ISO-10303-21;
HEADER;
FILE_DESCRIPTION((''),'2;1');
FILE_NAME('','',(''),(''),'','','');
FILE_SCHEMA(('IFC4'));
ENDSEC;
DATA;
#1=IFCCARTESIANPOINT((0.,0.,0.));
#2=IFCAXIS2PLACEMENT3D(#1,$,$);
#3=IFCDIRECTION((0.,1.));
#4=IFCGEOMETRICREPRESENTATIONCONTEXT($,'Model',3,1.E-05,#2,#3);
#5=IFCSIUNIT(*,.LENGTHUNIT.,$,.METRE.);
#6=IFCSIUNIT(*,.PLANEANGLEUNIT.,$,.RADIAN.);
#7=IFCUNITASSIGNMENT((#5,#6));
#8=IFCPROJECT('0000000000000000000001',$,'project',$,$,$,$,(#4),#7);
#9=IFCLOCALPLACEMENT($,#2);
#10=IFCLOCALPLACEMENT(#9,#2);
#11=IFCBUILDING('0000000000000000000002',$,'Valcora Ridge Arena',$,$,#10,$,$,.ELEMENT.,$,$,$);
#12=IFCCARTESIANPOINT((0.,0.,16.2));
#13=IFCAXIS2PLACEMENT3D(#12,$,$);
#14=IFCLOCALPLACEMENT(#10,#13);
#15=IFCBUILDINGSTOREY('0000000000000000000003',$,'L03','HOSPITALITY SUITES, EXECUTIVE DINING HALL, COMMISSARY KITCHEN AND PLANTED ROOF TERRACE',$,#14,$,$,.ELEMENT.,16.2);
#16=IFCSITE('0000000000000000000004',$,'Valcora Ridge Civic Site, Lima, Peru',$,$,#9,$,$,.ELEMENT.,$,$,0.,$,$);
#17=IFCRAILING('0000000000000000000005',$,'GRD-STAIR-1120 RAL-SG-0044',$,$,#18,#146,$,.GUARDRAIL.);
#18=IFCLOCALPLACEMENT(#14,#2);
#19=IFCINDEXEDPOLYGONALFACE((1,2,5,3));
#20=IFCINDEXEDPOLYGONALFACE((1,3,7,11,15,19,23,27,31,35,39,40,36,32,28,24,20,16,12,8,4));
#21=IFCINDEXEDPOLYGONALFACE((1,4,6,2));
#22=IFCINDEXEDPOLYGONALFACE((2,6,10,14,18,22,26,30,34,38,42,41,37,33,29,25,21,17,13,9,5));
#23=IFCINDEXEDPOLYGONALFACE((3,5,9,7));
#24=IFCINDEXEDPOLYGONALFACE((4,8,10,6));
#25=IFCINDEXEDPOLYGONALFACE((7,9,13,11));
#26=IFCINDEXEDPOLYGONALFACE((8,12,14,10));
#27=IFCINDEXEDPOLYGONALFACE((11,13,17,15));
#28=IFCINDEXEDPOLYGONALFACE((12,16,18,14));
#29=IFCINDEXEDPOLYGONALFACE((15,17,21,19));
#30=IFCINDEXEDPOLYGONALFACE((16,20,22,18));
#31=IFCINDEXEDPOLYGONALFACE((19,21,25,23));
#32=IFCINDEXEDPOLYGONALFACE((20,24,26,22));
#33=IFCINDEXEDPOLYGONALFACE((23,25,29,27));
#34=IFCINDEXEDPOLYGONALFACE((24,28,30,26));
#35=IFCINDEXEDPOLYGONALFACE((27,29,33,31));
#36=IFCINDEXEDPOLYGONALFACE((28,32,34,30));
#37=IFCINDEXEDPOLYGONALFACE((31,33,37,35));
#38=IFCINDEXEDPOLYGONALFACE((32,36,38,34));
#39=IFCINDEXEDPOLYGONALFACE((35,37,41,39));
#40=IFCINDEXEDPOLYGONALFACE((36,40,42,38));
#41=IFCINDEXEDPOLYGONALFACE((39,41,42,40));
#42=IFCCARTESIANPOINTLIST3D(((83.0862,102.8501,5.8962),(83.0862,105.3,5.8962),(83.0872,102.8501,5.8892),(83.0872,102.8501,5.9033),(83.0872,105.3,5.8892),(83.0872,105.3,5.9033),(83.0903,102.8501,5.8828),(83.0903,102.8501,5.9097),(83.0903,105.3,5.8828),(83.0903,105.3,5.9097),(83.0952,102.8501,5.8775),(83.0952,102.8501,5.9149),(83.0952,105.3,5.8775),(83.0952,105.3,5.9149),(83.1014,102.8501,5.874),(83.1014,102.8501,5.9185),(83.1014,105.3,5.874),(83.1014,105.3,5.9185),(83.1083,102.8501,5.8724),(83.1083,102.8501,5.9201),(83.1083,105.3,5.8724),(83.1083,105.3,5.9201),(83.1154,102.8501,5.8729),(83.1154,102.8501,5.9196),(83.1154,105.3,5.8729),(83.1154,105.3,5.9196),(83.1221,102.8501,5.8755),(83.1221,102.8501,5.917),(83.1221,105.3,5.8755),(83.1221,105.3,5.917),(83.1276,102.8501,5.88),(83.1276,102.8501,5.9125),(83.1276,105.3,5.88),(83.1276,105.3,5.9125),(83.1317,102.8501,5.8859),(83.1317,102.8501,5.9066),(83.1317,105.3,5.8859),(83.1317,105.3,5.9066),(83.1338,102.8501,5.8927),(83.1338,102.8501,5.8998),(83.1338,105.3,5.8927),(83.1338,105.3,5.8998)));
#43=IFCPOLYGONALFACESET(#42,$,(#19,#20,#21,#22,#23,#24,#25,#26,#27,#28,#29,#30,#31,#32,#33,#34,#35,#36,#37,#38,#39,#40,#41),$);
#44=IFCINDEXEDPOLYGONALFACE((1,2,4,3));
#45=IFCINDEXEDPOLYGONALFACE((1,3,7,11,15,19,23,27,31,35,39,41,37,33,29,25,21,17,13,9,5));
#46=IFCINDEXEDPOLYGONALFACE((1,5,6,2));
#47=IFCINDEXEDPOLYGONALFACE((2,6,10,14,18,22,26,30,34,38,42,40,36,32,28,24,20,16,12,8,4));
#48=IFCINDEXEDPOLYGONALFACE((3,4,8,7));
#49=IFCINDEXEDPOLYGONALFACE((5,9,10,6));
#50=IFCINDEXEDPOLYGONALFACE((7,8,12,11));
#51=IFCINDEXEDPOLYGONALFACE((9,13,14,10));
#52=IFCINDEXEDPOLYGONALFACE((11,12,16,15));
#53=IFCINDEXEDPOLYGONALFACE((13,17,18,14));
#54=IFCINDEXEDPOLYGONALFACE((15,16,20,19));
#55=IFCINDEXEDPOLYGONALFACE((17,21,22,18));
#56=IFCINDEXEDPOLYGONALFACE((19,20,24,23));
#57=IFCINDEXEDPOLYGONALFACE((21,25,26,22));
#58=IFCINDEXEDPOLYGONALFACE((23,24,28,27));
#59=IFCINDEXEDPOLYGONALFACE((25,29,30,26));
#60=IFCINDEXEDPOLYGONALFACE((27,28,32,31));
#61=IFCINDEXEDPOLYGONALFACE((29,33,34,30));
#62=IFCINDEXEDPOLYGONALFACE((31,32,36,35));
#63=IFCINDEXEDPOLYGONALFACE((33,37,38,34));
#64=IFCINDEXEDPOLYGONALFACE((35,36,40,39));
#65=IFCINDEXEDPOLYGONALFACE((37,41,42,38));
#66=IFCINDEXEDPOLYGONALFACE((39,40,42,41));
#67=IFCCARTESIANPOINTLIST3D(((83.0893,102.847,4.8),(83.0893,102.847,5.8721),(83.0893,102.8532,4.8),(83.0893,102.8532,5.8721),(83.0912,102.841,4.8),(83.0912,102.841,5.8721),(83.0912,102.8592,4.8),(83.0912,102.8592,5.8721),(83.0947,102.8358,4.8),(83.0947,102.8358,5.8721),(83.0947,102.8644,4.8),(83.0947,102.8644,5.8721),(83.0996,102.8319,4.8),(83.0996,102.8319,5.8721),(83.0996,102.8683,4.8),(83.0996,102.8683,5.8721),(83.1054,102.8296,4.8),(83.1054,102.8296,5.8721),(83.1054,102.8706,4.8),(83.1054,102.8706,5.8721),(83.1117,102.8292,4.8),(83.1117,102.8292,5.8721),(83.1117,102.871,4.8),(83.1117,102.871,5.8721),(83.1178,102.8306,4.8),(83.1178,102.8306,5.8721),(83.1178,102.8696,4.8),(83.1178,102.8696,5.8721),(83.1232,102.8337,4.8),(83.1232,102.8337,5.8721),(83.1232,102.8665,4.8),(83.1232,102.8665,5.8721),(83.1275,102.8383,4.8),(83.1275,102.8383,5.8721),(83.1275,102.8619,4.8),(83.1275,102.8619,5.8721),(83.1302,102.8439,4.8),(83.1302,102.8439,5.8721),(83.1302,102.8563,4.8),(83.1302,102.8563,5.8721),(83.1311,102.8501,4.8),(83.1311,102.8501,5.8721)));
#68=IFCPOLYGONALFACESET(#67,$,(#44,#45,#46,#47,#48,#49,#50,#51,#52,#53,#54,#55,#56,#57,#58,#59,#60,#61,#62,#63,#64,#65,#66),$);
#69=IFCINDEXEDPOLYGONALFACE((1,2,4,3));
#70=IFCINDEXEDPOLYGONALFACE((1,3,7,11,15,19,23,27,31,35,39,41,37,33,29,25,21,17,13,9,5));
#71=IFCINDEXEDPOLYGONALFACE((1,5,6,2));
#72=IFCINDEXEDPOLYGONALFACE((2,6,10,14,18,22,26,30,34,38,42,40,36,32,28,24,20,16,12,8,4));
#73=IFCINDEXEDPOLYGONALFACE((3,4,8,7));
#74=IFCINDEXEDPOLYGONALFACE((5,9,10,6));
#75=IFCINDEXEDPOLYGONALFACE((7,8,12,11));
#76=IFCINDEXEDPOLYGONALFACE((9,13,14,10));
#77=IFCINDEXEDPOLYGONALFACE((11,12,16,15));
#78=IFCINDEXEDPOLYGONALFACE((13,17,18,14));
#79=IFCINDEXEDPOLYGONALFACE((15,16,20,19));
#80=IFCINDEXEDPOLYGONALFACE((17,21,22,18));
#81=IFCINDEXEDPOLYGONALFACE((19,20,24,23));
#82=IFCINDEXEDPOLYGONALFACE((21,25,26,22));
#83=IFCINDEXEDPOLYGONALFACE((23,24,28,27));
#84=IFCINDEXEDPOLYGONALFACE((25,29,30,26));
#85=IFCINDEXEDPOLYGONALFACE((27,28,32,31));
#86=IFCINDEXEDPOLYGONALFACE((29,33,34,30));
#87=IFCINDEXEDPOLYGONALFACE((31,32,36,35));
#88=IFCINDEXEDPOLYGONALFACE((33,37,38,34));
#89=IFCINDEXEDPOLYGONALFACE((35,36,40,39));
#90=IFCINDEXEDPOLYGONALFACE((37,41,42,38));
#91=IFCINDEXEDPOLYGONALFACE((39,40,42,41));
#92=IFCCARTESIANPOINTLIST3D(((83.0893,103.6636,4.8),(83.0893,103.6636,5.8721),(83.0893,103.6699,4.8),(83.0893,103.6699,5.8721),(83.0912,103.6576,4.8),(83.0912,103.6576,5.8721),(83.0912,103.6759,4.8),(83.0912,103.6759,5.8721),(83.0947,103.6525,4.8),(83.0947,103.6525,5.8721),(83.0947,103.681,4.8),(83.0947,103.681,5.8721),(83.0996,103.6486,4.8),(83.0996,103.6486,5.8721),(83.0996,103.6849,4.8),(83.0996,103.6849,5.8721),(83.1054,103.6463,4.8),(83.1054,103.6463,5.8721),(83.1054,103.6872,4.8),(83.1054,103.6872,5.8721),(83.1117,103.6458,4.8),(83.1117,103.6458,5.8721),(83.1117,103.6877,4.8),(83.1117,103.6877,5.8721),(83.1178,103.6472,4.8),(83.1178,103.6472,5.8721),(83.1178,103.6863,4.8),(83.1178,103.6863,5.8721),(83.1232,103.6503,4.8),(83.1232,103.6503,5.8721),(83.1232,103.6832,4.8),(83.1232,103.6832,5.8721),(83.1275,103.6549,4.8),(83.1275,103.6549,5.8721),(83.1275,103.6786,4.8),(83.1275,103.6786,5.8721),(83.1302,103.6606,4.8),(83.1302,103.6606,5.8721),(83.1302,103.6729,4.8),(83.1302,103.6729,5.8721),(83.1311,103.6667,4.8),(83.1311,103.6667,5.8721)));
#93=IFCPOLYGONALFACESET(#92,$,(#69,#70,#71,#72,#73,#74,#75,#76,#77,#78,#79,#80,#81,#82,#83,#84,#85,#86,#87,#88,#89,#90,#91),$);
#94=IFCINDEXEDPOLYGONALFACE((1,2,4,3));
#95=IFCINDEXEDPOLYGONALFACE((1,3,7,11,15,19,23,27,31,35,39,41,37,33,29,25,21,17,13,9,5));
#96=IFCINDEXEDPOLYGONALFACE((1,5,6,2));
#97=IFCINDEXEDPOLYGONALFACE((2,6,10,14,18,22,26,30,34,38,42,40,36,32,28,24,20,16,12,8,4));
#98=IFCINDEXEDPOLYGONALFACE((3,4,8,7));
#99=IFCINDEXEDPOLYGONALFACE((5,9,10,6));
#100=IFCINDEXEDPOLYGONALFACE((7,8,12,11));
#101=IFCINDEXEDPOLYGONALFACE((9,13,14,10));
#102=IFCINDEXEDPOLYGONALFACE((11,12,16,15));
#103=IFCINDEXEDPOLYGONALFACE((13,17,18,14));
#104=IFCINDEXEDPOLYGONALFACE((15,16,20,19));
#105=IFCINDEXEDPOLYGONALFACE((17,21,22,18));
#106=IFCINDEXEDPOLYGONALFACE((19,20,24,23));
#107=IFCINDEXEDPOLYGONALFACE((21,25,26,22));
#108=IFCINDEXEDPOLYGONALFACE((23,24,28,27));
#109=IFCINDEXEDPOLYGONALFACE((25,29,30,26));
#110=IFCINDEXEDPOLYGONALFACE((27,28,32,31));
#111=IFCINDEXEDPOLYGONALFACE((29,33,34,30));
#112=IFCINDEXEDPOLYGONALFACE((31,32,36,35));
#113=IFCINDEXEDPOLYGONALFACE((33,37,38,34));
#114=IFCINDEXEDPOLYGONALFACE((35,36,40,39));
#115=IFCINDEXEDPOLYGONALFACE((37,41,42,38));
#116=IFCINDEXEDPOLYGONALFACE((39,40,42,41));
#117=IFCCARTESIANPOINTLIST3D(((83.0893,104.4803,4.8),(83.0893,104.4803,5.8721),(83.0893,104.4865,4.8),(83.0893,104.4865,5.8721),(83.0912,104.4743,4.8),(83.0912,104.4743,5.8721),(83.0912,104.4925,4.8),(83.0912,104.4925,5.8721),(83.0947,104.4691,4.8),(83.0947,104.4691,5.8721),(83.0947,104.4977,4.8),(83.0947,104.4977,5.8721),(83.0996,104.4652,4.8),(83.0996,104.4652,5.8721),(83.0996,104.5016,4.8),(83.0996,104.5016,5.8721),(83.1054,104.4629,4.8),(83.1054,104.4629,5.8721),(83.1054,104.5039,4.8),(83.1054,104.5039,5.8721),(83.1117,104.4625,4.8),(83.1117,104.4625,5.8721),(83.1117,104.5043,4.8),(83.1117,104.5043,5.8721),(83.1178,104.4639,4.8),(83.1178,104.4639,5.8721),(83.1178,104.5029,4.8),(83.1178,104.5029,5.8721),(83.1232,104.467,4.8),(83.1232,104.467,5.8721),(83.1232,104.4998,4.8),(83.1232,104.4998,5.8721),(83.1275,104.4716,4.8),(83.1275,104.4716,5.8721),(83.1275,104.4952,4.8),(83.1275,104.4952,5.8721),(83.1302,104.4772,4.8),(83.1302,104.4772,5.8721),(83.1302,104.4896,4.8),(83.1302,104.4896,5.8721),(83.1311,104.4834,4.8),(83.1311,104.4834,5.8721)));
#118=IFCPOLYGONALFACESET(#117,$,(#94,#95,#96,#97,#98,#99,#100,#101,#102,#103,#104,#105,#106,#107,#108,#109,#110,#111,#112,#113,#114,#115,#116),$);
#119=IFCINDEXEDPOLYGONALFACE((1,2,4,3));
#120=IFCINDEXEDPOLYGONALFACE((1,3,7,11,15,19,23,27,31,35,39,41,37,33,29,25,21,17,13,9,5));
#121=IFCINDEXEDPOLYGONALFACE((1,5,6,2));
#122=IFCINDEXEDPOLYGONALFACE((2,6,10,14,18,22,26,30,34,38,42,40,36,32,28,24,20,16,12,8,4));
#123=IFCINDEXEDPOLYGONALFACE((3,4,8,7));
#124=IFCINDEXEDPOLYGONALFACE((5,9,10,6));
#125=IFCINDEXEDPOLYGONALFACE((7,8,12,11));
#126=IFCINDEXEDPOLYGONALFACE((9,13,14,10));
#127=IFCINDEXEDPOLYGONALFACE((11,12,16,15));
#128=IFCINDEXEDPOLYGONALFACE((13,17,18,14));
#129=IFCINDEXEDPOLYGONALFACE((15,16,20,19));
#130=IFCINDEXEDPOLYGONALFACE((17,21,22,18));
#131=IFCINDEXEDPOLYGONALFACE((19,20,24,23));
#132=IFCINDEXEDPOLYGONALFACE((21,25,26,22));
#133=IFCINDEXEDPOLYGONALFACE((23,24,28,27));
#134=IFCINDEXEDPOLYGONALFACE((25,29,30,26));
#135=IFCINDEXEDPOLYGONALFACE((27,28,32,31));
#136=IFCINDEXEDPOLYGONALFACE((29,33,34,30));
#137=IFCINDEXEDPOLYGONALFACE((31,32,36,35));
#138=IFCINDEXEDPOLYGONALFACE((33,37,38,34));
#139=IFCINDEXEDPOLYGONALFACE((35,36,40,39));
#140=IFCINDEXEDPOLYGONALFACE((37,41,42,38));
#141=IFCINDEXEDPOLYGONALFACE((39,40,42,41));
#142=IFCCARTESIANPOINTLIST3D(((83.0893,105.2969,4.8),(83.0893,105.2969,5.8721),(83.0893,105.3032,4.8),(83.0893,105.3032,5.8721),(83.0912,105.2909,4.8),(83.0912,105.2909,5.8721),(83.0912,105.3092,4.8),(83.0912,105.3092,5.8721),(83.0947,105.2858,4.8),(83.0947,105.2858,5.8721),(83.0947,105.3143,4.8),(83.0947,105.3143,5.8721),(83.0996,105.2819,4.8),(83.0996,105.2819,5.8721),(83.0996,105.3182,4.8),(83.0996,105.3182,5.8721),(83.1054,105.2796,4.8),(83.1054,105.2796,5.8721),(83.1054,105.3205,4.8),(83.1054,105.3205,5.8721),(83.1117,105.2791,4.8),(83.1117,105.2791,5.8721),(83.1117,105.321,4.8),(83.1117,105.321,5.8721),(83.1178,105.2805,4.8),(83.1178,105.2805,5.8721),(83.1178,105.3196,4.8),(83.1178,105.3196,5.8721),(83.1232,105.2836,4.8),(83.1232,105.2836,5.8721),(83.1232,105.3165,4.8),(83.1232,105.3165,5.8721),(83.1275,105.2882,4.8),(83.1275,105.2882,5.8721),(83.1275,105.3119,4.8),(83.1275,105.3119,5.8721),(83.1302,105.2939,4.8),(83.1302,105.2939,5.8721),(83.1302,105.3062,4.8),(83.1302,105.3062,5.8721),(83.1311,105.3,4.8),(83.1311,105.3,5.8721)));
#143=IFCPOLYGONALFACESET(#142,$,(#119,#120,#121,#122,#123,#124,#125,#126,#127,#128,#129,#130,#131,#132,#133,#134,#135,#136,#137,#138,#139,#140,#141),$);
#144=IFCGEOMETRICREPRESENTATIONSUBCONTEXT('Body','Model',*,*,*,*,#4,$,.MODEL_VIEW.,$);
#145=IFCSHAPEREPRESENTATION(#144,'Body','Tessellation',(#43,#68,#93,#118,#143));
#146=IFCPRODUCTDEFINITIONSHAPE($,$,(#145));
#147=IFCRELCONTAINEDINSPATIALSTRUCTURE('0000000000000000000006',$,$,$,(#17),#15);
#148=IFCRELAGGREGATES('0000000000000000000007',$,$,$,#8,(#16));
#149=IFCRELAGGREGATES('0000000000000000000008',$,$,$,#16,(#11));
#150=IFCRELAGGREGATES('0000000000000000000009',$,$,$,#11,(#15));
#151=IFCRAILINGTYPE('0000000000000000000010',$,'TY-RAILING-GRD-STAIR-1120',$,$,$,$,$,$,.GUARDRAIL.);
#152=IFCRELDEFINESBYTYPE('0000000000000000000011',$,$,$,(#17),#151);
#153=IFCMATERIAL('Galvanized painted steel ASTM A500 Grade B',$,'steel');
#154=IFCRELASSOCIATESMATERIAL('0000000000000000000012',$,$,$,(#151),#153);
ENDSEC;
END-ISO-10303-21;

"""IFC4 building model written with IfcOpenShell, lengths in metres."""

from ifc_helpers import new_model, si_unit, direction, frame, origin, origin_2d, place, context, subcontext, project, spatial, circle, extrude, material, type_object, element, save


model = new_model("IFC4")

# Units and contexts
model_context = context("Model", 3, precision=1e-05, world=origin(), true_north=direction((0.0, 1.0)))
body_context = subcontext(model_context, "Body", "Model", "MODEL_VIEW")
ifc_project = project(units=[si_unit("LENGTHUNIT", "METRE"), si_unit("PLANEANGLEUNIT", "RADIAN")], contexts=[model_context])

# Site, building, storey
site_placement = place(None, origin())
site = spatial("IfcSite", under=ifc_project, at=site_placement, Name="Valcora Ridge Civic Site, Lima, Peru", CompositionType="ELEMENT", RefElevation=0.0)
building_placement = place(site_placement, origin())
building = spatial("IfcBuilding", under=site, at=building_placement, Name="Valcora Ridge Arena", CompositionType="ELEMENT")
storey_placement = place(building_placement, frame((0.0, 0.0, 16.2)))
storey = spatial("IfcBuildingStorey", under=building, at=storey_placement, Name="L03", Description="HOSPITALITY SUITES, EXECUTIVE DINING HALL, COMMISSARY KITCHEN AND PLANTED ROOF TERRACE", CompositionType="ELEMENT", Elevation=16.2)

# Railing
ifc_material_1 = material(Name="Galvanized painted steel ASTM A500 Grade B", Category="steel")
railing_type_1 = type_object("IfcRailingType", Name="TY-RAILING-GRD-STAIR-1120", PredefinedType="GUARDRAIL", material=ifc_material_1)
railing_1_placement = place(storey_placement, frame((83.1101, 102.8501, 4.8)))
element("IfcRailing", 1, at=railing_1_placement, inside=storey, type_object=railing_type_1, Name="GRD-STAIR-1120 RAL-SG-0044", PredefinedType="GUARDRAIL", context=body_context, shape_type="SweptSolid", body=[
    extrude(circle(Radius=0.0239, at=origin_2d()), frame((0.0, 0.0, 1.0962), z_axis=(0.0, 1.0, 0.0), x_axis=(-1.0, 0.0, 0.0)), (0.0, 0.0, 1.0), 2.45),
    extrude(circle(Radius=0.021, at=origin_2d()), origin(), (0.0, 0.0, 1.0), 1.072),
    extrude(circle(Radius=0.021, at=origin_2d()), frame((0.0, 0.8167, 0.0)), (0.0, 0.0, 1.0), 1.072),
    extrude(circle(Radius=0.021, at=origin_2d()), frame((0.0, 1.6333, 0.0)), (0.0, 0.0, 1.0), 1.072),
    extrude(circle(Radius=0.021, at=origin_2d()), frame((0.0, 2.45, 0.0)), (0.0, 0.0, 1.0), 1.072),
])

save(model, "model.ifc")
